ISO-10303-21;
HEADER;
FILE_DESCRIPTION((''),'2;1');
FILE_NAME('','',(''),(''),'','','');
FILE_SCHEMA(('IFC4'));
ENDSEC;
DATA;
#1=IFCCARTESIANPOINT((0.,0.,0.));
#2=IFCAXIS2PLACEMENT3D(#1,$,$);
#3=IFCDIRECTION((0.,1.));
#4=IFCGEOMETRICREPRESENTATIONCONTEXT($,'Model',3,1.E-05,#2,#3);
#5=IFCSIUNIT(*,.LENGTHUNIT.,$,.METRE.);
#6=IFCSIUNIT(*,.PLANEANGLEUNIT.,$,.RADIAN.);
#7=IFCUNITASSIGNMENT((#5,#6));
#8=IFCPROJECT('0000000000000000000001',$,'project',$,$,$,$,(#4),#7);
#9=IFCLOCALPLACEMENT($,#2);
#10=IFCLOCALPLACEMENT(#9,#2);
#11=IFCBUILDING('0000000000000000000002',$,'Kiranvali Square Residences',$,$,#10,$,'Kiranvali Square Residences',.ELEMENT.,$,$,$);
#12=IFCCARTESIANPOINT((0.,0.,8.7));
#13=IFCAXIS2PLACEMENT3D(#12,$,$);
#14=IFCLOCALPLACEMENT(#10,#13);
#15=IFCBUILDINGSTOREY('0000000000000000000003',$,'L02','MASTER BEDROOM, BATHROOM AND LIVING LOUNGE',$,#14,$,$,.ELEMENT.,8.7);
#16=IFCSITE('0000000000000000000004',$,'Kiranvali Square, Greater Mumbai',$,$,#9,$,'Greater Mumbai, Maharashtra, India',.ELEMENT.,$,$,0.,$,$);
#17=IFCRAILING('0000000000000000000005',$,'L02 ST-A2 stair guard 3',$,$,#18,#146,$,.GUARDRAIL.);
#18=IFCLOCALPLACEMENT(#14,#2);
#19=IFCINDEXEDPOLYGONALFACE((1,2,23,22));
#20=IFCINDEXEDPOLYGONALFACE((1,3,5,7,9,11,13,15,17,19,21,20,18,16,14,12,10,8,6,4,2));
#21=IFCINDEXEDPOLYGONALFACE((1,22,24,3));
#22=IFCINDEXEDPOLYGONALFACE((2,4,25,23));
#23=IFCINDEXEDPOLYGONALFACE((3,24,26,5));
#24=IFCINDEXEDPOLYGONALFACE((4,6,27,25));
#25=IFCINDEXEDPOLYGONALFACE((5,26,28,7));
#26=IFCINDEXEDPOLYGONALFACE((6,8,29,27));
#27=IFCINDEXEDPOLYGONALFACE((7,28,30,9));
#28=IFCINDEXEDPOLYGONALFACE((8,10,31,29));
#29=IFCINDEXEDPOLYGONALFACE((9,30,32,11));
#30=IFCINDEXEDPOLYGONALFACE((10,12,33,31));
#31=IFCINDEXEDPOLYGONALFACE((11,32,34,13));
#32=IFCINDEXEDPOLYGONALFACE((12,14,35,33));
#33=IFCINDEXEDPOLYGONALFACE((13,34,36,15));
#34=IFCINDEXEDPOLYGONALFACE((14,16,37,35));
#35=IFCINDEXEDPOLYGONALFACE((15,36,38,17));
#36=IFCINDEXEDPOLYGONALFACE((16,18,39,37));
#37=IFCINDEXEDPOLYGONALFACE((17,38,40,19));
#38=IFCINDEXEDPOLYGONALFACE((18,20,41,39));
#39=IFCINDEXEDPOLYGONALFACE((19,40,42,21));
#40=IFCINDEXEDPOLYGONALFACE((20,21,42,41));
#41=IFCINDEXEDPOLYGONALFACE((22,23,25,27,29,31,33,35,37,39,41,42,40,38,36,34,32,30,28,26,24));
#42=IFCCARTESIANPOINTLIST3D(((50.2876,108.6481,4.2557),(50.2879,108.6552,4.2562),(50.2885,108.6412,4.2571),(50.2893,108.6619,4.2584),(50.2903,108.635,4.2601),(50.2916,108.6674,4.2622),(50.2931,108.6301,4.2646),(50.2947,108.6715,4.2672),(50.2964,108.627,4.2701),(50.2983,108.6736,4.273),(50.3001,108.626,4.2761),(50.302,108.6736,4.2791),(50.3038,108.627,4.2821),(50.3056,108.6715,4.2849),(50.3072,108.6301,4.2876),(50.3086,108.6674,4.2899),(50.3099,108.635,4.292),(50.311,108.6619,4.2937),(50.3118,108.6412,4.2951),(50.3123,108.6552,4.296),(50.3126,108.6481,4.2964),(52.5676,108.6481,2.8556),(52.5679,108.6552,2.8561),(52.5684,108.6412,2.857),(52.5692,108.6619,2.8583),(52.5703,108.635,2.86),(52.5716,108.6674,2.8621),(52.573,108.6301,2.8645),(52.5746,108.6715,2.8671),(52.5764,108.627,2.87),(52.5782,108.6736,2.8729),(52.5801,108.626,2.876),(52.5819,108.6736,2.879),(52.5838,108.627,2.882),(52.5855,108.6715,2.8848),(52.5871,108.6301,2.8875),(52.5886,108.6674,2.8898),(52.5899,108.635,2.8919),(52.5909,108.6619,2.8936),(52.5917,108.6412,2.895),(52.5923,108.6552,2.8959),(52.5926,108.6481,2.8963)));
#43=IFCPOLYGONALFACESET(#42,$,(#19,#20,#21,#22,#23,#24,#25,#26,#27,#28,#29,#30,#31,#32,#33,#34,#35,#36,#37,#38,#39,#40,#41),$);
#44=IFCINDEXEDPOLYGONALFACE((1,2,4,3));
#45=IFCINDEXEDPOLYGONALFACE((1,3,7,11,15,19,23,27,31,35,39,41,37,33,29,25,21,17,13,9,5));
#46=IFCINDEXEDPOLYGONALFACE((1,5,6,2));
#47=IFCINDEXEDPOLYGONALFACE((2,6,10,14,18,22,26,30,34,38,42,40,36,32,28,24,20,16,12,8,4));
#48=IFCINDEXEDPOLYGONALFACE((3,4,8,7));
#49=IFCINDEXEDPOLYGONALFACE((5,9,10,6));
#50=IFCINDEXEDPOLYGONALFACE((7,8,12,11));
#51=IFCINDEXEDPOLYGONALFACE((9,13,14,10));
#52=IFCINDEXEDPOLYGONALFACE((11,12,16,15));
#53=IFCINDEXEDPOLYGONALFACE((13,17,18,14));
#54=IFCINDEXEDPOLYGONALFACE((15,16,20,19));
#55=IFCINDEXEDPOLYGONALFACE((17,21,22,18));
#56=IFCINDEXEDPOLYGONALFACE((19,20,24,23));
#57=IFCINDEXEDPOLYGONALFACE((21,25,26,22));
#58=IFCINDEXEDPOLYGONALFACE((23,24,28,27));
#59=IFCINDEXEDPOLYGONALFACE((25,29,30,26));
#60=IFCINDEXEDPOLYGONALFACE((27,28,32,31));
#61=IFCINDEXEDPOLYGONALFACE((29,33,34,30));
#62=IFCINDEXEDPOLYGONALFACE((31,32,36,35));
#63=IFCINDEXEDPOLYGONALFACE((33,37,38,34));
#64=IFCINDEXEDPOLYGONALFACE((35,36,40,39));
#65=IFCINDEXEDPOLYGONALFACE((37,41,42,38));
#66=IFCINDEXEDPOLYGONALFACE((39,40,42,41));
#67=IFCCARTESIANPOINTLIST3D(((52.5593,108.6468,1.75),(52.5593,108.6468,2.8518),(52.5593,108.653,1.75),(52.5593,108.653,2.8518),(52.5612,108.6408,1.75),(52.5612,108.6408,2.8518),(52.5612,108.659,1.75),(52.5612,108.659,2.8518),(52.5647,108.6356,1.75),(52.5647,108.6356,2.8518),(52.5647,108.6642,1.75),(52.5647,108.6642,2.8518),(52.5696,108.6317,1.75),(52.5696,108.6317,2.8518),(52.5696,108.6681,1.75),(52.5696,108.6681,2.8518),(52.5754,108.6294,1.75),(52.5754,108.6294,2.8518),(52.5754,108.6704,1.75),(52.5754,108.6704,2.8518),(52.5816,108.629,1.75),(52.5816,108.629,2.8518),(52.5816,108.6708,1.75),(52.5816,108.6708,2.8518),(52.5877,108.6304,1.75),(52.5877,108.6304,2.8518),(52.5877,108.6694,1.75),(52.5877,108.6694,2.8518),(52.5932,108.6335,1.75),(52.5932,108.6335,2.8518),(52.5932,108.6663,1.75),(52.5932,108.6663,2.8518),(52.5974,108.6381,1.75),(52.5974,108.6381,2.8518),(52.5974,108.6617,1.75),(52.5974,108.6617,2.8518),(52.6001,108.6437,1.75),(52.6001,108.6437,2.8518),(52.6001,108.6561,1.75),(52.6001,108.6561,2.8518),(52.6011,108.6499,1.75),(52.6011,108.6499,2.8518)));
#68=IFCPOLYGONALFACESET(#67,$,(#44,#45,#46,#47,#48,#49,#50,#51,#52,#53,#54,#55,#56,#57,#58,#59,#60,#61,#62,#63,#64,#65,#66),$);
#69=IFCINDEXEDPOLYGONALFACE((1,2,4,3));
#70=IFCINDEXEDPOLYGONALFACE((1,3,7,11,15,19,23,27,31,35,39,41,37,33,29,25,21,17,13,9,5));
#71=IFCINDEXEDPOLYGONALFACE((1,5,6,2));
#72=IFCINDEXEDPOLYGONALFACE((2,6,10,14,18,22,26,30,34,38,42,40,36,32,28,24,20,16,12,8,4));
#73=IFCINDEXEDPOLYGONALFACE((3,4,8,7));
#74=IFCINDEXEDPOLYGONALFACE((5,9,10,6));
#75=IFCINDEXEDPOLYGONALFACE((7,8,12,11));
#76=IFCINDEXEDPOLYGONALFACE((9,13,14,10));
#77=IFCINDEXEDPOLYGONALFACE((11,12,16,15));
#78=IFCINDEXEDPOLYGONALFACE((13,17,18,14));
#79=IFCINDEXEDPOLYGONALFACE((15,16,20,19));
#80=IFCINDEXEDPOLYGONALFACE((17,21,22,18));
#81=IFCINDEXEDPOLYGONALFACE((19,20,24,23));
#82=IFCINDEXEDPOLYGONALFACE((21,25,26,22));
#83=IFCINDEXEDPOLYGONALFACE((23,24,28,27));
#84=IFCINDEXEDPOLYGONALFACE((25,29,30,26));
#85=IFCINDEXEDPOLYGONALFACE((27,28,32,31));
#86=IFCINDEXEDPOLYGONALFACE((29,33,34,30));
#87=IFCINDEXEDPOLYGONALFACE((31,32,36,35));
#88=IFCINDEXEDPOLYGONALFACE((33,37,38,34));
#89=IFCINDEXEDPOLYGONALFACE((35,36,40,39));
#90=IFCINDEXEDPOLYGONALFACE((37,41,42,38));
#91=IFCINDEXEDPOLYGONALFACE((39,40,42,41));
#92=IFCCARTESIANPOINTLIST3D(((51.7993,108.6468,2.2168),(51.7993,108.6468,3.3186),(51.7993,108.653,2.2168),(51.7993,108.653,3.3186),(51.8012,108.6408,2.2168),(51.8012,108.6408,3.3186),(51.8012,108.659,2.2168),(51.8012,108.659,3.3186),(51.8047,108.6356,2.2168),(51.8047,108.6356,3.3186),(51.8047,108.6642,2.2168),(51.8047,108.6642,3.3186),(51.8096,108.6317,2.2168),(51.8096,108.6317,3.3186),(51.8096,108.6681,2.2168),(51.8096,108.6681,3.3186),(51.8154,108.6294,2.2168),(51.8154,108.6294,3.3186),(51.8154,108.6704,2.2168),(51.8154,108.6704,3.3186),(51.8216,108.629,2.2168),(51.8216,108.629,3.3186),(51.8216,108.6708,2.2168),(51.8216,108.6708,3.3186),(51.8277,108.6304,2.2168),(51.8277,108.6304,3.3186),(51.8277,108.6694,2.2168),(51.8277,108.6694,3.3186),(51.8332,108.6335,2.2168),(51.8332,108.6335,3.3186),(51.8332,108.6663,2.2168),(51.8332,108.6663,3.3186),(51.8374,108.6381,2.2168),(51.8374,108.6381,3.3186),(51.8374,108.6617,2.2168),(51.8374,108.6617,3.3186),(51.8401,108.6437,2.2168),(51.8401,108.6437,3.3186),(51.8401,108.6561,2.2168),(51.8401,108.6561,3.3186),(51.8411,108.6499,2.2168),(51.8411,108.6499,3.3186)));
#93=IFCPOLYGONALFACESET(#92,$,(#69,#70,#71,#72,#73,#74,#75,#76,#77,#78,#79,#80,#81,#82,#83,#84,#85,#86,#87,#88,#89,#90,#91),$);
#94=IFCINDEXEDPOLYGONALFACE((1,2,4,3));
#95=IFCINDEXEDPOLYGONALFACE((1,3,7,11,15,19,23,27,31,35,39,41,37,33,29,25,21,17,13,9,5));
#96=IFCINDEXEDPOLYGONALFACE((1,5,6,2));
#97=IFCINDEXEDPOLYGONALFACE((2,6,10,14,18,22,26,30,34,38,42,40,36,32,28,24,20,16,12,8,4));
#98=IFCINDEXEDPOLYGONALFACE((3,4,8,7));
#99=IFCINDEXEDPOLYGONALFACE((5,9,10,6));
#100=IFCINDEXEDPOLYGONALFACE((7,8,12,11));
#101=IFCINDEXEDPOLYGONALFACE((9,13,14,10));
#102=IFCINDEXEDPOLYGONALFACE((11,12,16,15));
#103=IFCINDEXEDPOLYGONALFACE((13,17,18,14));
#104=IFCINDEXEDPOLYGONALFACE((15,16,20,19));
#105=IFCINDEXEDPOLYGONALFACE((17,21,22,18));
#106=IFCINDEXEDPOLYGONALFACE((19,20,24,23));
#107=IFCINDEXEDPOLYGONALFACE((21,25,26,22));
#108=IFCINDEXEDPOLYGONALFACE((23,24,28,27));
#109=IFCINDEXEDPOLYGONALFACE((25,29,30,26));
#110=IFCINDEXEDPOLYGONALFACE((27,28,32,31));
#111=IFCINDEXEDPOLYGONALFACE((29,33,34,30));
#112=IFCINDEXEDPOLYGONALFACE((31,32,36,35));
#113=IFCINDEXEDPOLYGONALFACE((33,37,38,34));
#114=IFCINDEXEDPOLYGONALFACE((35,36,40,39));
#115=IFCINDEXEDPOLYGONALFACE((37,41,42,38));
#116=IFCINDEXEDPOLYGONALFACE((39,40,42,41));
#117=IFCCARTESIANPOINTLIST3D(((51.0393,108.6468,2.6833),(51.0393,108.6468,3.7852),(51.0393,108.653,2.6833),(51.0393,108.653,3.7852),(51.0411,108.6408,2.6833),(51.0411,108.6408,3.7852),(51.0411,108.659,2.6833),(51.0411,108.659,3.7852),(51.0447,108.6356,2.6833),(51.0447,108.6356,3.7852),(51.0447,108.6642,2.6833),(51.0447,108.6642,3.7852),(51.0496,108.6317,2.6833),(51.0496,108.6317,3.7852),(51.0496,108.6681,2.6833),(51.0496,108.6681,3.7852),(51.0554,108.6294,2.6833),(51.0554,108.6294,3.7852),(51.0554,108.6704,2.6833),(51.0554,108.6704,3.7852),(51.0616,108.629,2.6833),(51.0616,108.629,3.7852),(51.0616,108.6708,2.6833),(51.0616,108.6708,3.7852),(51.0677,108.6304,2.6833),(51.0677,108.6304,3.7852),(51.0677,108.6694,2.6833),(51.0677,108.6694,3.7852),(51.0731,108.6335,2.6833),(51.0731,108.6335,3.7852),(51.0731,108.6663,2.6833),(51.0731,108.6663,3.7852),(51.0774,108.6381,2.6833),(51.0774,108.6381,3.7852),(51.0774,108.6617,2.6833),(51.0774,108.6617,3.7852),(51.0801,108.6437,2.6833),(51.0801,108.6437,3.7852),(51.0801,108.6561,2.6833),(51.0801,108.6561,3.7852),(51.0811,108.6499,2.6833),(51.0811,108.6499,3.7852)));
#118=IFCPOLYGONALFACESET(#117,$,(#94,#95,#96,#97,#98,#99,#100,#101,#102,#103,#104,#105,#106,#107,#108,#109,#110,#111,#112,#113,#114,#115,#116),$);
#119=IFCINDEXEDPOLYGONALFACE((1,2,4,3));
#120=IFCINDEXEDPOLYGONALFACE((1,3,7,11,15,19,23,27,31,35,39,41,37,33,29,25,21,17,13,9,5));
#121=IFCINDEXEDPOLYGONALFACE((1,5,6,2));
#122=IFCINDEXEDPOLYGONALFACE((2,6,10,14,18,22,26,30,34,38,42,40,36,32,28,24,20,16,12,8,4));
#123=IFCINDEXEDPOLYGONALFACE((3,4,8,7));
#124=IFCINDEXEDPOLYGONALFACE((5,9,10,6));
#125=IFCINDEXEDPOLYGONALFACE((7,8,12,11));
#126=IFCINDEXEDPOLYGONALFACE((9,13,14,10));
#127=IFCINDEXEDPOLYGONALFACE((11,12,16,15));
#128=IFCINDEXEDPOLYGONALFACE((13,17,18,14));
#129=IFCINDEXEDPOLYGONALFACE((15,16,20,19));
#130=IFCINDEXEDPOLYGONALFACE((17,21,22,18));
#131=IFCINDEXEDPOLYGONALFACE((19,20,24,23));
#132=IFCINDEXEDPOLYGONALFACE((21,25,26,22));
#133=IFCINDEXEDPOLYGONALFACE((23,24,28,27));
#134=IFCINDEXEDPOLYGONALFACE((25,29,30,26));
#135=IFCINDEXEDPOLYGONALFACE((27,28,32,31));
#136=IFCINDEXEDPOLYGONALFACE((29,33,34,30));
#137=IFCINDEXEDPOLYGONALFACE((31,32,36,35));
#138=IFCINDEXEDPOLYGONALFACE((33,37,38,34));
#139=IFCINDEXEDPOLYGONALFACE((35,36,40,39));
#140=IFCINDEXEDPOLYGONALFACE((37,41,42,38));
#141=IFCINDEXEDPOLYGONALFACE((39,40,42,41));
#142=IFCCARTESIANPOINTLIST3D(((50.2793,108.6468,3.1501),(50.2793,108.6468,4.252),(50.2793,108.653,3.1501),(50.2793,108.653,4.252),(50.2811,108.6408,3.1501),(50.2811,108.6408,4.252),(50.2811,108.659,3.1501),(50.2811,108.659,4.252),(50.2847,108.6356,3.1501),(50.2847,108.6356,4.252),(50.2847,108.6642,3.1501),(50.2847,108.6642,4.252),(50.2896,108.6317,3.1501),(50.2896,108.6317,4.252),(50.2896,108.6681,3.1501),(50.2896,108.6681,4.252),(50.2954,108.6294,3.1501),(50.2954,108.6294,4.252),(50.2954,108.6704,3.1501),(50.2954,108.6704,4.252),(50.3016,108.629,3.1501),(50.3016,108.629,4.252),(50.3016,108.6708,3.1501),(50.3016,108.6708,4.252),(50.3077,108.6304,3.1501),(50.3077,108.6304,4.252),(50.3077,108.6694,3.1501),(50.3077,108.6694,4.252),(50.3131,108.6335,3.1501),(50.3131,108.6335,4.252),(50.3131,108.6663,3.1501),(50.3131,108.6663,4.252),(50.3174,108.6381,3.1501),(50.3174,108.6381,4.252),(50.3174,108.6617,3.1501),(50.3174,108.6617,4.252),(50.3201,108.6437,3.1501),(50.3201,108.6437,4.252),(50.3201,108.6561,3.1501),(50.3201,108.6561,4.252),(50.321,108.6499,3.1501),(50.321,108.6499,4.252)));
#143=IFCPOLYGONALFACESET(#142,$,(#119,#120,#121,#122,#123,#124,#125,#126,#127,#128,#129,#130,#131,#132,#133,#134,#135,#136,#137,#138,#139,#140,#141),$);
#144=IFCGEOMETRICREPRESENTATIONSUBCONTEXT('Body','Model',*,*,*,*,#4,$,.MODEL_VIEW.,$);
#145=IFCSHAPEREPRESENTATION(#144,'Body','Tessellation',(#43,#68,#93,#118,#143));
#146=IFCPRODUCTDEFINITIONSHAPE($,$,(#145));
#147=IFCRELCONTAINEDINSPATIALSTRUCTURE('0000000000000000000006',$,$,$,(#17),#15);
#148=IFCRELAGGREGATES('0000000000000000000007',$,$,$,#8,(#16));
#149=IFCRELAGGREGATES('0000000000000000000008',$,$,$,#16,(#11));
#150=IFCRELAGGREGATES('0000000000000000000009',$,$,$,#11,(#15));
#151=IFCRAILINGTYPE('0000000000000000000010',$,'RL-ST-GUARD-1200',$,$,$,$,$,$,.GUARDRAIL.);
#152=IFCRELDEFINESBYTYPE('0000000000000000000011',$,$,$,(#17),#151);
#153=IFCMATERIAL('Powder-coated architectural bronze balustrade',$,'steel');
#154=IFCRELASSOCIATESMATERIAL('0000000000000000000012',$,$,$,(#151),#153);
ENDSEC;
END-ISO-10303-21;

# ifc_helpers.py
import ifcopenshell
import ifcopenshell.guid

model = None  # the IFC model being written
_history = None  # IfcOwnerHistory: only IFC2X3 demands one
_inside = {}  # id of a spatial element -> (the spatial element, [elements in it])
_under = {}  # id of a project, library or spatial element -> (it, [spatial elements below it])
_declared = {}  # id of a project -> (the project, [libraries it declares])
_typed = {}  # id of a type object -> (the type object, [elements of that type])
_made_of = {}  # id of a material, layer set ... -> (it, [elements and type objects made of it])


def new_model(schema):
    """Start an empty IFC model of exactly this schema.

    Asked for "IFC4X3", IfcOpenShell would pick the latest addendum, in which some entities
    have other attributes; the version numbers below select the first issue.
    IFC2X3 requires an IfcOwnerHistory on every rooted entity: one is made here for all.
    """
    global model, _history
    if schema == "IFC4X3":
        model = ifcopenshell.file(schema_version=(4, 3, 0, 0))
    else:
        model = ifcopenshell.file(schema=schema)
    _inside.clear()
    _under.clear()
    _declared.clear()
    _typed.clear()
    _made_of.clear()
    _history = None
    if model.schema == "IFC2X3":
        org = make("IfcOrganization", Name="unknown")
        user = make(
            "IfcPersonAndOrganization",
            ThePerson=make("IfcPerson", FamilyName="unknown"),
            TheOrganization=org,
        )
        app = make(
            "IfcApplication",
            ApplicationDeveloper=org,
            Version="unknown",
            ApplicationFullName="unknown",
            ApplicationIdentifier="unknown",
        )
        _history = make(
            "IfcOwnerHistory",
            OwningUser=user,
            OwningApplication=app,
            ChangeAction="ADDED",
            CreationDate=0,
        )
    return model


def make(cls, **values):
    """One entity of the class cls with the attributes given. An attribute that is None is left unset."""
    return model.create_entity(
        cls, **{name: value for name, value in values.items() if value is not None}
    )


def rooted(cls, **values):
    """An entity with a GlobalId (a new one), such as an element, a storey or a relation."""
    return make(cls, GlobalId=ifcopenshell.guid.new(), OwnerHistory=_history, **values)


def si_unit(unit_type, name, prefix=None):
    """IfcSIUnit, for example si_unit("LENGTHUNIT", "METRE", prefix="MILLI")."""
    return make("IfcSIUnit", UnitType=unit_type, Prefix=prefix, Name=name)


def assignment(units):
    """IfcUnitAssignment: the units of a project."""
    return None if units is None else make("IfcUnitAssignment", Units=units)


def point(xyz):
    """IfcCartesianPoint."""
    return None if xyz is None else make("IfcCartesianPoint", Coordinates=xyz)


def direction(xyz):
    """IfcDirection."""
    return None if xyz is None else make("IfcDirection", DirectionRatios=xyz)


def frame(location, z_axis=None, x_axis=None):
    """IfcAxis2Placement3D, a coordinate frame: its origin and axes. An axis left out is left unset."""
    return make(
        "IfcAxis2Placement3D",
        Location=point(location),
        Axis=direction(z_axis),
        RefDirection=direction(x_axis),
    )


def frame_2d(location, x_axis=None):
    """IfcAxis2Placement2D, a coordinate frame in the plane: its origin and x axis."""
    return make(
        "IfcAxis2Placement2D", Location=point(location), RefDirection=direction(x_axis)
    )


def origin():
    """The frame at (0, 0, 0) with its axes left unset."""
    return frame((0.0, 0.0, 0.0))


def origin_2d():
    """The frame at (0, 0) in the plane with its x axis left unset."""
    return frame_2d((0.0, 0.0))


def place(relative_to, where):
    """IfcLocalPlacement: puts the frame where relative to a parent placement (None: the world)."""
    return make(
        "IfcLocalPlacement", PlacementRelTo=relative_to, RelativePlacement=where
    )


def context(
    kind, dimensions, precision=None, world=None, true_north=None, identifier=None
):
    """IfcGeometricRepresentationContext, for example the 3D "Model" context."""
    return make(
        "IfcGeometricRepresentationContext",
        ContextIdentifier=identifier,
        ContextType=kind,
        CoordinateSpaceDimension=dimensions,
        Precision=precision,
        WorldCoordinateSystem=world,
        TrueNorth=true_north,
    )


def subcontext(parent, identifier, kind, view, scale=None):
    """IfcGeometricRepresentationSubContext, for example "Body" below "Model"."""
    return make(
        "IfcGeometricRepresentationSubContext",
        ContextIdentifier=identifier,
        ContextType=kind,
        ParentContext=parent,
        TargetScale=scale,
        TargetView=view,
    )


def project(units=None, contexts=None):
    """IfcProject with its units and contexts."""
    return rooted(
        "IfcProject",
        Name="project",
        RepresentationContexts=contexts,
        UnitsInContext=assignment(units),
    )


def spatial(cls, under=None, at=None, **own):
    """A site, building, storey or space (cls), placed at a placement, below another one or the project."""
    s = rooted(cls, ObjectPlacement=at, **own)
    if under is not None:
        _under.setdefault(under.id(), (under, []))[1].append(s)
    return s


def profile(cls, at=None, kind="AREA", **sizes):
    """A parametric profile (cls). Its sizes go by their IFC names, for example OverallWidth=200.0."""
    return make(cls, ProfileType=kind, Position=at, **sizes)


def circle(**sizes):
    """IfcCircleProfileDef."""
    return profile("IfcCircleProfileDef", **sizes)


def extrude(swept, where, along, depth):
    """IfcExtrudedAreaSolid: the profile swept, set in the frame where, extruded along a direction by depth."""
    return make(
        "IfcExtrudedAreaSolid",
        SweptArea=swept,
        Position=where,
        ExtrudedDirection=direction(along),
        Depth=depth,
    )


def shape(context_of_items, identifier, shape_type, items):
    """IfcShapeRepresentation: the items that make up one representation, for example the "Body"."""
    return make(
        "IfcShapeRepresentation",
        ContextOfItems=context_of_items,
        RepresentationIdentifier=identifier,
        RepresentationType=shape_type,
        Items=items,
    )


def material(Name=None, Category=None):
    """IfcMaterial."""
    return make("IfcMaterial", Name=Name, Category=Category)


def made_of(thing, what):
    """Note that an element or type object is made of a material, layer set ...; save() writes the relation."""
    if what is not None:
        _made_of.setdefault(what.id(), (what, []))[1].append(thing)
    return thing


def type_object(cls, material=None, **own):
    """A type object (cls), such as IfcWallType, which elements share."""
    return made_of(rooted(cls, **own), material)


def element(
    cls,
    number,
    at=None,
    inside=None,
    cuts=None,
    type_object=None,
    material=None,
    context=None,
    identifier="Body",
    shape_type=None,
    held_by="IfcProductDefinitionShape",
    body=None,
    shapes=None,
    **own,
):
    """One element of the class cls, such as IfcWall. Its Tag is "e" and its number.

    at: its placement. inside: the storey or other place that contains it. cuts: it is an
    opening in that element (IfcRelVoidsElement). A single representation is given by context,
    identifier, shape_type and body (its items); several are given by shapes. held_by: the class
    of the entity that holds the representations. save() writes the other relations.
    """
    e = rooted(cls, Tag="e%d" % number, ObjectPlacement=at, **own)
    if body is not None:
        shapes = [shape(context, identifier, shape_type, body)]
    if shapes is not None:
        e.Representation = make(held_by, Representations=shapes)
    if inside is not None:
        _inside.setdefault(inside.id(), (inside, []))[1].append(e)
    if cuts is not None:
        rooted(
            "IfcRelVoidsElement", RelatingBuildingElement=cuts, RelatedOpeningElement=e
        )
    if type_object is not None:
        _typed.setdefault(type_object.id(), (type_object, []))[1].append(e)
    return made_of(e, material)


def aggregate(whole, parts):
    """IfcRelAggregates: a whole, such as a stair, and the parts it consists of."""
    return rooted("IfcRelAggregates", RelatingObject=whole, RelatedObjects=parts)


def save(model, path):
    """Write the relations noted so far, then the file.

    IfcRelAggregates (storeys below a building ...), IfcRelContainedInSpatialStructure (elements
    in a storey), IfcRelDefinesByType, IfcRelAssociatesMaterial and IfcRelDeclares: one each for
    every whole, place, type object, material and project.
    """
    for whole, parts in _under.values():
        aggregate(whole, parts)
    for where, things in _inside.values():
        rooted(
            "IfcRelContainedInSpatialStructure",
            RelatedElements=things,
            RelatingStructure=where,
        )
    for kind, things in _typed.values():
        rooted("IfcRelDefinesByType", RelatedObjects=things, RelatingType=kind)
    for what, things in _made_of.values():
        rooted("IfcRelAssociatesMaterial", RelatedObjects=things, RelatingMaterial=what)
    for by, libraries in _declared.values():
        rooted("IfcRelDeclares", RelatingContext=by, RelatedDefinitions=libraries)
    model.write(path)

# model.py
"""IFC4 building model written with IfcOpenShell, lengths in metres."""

from ifc_helpers import new_model, si_unit, direction, frame, origin, origin_2d, place, context, subcontext, project, spatial, circle, extrude, material, type_object, element, save


model = new_model("IFC4")

# Units and contexts
model_context = context("Model", 3, precision=1e-05, world=origin(), true_north=direction((0.0, 1.0)))
body_context = subcontext(model_context, "Body", "Model", "MODEL_VIEW")
ifc_project = project(units=[si_unit("LENGTHUNIT", "METRE"), si_unit("PLANEANGLEUNIT", "RADIAN")], contexts=[model_context])

# Site, building, storey
site_placement = place(None, origin())
site = spatial("IfcSite", under=ifc_project, at=site_placement, Name="Kiranvali Square, Greater Mumbai", LongName="Greater Mumbai, Maharashtra, India", CompositionType="ELEMENT", RefElevation=0.0)
building_placement = place(site_placement, origin())
building = spatial("IfcBuilding", under=site, at=building_placement, Name="Kiranvali Square Residences", LongName="Kiranvali Square Residences", CompositionType="ELEMENT")
storey_placement = place(building_placement, frame((0.0, 0.0, 8.7)))
storey = spatial("IfcBuildingStorey", under=building, at=storey_placement, Name="L02", Description="MASTER BEDROOM, BATHROOM AND LIVING LOUNGE", CompositionType="ELEMENT", Elevation=8.7)

# Railing
ifc_material_1 = material(Name="Powder-coated architectural bronze balustrade", Category="steel")
railing_type_1 = type_object("IfcRailingType", Name="RL-ST-GUARD-1200", PredefinedType="GUARDRAIL", material=ifc_material_1)
railing_1_placement = place(storey_placement, frame((52.5801, 108.6499, 1.75)))
element("IfcRailing", 1, at=railing_1_placement, inside=storey, type_object=railing_type_1, Name="L02 ST-A2 stair guard 3", PredefinedType="GUARDRAIL", context=body_context, shape_type="SweptSolid", body=[
    extrude(circle(Radius=0.0239, at=origin_2d()), frame((0.0, 0.0, 1.126), z_axis=(-0.85215, 0.0, 0.523298), x_axis=(0.0, -1.0, 0.0)), (0.0, 0.0, 1.0), 2.6755),
    extrude(circle(Radius=0.021, at=origin_2d()), origin(), (0.0, 0.0, 1.0), 1.1018),
    extrude(circle(Radius=0.021, at=origin_2d()), frame((-0.76, 0.0, 0.4668)), (0.0, 0.0, 1.0), 1.1018),
    extrude(circle(Radius=0.021, at=origin_2d()), frame((-1.52, 0.0, 0.9333)), (0.0, 0.0, 1.0), 1.1018),
    extrude(circle(Radius=0.021, at=origin_2d()), frame((-2.28, 0.0, 1.4001)), (0.0, 0.0, 1.0), 1.1018),
])

save(model, "model.ifc")
